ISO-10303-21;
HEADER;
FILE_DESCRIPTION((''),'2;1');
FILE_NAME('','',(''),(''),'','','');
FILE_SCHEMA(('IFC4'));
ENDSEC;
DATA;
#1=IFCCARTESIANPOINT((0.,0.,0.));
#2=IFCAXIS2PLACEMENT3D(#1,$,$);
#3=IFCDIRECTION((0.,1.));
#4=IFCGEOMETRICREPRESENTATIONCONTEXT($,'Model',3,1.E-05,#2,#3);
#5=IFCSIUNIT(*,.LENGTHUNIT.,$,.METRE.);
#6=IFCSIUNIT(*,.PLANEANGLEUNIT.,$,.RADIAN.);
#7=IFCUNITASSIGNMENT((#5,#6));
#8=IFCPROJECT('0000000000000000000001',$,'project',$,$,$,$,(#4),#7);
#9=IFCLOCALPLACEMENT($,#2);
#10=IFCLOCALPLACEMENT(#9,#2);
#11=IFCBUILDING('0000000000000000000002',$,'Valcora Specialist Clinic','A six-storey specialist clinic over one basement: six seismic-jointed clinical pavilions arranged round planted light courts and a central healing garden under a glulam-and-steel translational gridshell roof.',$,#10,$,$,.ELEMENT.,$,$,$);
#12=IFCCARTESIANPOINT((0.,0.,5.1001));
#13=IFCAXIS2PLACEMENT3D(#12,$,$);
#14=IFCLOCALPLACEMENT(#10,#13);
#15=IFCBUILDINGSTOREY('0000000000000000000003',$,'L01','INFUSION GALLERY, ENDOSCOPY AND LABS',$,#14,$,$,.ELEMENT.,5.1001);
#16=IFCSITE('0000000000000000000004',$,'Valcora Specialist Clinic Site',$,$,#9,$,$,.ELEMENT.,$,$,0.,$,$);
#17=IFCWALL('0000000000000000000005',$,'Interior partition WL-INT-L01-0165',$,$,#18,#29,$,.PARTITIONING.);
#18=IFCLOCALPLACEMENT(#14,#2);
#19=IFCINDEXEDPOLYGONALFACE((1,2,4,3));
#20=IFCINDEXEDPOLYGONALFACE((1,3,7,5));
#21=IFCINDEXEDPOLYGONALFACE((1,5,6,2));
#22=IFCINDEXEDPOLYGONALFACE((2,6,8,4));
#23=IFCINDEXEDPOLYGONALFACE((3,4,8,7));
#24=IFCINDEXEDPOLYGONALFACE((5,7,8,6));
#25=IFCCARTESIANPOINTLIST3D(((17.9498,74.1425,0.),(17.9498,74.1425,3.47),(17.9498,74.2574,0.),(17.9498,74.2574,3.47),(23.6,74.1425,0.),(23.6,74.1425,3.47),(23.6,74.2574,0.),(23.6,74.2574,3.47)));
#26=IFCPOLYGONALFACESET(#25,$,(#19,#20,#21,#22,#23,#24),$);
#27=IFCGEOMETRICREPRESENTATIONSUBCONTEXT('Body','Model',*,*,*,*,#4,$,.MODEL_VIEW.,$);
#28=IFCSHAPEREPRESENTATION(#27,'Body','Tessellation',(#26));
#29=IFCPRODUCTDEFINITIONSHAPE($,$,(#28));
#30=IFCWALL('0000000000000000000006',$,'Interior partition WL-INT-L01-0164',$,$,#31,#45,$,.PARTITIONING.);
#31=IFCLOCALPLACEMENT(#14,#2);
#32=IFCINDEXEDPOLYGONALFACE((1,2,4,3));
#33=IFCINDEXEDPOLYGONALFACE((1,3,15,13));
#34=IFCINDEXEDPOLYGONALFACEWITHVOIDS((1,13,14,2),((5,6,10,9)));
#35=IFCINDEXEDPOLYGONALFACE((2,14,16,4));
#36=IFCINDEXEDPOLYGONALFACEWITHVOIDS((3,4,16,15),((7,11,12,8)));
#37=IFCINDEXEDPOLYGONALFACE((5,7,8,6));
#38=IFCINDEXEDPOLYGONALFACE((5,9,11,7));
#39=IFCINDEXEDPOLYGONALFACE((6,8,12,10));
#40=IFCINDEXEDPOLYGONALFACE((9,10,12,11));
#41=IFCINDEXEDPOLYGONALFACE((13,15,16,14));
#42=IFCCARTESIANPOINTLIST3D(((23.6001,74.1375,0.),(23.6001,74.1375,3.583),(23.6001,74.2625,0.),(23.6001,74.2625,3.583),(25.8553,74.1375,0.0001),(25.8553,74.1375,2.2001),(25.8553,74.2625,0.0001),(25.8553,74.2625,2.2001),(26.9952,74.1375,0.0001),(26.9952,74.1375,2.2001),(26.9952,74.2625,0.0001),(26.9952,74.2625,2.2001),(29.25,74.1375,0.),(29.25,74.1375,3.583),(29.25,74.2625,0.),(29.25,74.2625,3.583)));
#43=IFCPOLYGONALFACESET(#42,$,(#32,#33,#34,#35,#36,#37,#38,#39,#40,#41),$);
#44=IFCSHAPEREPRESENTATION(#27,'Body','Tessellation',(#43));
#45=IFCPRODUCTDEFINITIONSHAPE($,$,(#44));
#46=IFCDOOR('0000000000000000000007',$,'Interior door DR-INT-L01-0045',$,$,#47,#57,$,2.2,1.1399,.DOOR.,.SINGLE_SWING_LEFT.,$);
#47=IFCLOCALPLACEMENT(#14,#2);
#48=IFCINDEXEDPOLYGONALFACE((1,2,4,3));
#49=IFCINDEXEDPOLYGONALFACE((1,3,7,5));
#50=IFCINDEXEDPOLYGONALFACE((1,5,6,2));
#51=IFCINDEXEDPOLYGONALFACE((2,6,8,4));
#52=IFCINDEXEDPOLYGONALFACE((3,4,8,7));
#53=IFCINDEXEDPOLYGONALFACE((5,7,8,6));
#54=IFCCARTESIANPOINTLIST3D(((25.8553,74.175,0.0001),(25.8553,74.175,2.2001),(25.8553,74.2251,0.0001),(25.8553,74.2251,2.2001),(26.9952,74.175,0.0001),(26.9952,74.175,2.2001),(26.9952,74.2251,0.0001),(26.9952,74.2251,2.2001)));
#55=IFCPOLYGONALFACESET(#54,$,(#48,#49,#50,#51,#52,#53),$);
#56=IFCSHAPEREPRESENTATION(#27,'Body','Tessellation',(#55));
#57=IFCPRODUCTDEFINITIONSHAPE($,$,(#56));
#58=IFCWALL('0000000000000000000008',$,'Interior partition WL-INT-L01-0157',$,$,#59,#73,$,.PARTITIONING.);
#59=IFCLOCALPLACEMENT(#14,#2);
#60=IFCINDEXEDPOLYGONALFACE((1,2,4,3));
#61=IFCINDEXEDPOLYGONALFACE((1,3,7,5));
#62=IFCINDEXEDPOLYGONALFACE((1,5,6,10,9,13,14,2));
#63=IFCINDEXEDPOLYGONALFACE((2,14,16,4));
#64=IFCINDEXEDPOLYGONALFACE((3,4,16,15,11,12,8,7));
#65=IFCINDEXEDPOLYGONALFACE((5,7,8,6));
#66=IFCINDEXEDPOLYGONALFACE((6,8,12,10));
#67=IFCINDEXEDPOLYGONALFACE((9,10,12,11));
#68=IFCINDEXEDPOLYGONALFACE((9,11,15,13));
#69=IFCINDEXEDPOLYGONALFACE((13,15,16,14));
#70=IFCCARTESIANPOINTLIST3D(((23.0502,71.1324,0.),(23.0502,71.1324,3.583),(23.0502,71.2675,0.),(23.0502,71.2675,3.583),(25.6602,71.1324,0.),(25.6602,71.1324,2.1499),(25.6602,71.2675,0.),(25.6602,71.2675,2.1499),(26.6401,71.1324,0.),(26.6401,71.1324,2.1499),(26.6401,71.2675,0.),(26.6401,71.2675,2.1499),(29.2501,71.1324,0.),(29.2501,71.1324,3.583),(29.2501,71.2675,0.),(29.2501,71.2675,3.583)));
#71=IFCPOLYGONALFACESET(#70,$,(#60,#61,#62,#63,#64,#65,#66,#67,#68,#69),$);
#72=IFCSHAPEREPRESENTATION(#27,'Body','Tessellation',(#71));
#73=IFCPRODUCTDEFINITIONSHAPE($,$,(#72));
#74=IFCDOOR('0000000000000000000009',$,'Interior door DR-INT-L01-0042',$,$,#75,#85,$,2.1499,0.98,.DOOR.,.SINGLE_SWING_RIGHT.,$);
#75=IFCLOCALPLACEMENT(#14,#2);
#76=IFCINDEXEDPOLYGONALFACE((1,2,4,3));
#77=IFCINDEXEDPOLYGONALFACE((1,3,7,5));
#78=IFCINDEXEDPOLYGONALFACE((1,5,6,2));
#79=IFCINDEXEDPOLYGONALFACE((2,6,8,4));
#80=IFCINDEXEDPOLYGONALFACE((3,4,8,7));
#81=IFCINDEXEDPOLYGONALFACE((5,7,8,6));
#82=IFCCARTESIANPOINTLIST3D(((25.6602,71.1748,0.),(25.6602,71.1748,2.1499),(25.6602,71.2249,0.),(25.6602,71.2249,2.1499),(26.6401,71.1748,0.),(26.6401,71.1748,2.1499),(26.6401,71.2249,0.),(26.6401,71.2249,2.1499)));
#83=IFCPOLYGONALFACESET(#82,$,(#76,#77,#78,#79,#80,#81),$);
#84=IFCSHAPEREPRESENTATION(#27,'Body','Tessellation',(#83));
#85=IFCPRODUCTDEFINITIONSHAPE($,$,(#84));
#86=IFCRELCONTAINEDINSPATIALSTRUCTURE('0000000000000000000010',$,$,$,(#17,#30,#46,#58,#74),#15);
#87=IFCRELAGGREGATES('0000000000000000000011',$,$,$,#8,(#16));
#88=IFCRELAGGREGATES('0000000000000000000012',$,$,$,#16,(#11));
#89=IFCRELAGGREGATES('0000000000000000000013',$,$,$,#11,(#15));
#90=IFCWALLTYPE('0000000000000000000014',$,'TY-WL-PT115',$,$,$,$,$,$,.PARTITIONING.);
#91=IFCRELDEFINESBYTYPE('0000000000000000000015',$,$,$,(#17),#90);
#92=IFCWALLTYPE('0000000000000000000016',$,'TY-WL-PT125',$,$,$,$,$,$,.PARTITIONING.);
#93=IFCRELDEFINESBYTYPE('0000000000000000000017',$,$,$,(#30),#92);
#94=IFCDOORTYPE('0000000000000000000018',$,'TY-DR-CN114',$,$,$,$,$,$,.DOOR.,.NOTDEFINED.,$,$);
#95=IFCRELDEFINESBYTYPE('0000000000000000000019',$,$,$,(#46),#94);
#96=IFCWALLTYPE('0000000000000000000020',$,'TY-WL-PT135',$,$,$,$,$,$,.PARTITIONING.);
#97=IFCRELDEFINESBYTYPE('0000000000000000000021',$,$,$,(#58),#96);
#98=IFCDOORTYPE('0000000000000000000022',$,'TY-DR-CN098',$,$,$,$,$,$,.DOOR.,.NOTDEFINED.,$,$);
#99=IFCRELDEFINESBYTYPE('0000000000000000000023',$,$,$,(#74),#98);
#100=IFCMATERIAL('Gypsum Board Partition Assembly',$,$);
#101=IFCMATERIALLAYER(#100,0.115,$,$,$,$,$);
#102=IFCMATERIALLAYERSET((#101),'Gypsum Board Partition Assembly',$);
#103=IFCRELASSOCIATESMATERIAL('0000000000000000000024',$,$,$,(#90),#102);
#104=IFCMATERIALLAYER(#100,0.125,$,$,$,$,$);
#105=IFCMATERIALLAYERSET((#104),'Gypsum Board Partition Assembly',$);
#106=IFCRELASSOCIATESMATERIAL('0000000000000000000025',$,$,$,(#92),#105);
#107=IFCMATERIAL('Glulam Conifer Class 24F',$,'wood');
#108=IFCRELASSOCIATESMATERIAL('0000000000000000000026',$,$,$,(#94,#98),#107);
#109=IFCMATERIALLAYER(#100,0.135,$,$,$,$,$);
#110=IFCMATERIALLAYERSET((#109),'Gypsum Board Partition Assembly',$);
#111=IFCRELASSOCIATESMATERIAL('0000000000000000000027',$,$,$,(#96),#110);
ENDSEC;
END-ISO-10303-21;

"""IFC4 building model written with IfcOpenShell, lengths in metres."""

from ifc_helpers import new_model, si_unit, direction, frame, frame_2d, origin, place, context, subcontext, project, spatial, rectangle, extrude, material, layer, layer_set, type_object, element, fill, save


model = new_model("IFC4")

# Units and contexts
model_context = context("Model", 3, precision=1e-05, world=origin(), true_north=direction((0.0, 1.0)))
body_context = subcontext(model_context, "Body", "Model", "MODEL_VIEW")
ifc_project = project(units=[si_unit("LENGTHUNIT", "METRE"), si_unit("PLANEANGLEUNIT", "RADIAN")], contexts=[model_context])

# Site, building, storey
site_placement = place(None, origin())
site = spatial("IfcSite", under=ifc_project, at=site_placement, Name="Valcora Specialist Clinic Site", CompositionType="ELEMENT", RefElevation=0.0)
building_placement = place(site_placement, origin())
building = spatial("IfcBuilding", under=site, at=building_placement, Name="Valcora Specialist Clinic", Description="A six-storey specialist clinic over one basement: six seismic-jointed clinical pavilions arranged round planted light courts and a central healing garden under a glulam-and-steel translational gridshell roof.", CompositionType="ELEMENT")
storey_placement = place(building_placement, frame((0.0, 0.0, 5.1001)))
storey = spatial("IfcBuildingStorey", under=building, at=storey_placement, Name="L01", Description="INFUSION GALLERY, ENDOSCOPY AND LABS", CompositionType="ELEMENT", Elevation=5.1001)

# Wall
ifc_material_1 = material(Name="Gypsum Board Partition Assembly")
ifc_layer_1 = layer(ifc_material_1, 0.115)
ifc_layer_set_1 = layer_set([ifc_layer_1], Name="Gypsum Board Partition Assembly")
wall_type_1 = type_object("IfcWallType", Name="TY-WL-PT115", PredefinedType="PARTITIONING", material=ifc_layer_set_1)
wall_1_placement = place(storey_placement, frame((23.6001, 74.2, 0.0), z_axis=(0.0, 0.0, 1.0), x_axis=(-1.0, 0.0, 0.0)))
element("IfcWall", 1, at=wall_1_placement, inside=storey, type_object=wall_type_1, Name="Interior partition WL-INT-L01-0165", PredefinedType="PARTITIONING", context=body_context, shape_type="SweptSolid", body=[
    extrude(rectangle(XDim=5.6501, YDim=0.115, at=frame_2d((2.8252, 0.0))), origin(), (0.0, 0.0, 1.0), 3.47),
])

# Walls, openings, doors
ifc_layer_2 = layer(ifc_material_1, 0.125)
ifc_layer_set_2 = layer_set([ifc_layer_2], Name="Gypsum Board Partition Assembly")
wall_type_2 = type_object("IfcWallType", Name="TY-WL-PT125", PredefinedType="PARTITIONING", material=ifc_layer_set_2)
wall_2_placement = place(storey_placement, frame((29.25, 74.2, 0.0), z_axis=(0.0, 0.0, 1.0), x_axis=(-1.0, 0.0, 0.0)))
wall_2 = element("IfcWall", 2, at=wall_2_placement, inside=storey, type_object=wall_type_2, Name="Interior partition WL-INT-L01-0164", PredefinedType="PARTITIONING", context=body_context, shape_type="SweptSolid", body=[
    extrude(rectangle(XDim=5.6499, YDim=0.125, at=frame_2d((2.825, 0.0))), origin(), (0.0, 0.0, 1.0), 3.583),
])
opening_1_placement = place(wall_2_placement, frame((2.2549, 0.0, 0.0)))
opening_1 = element("IfcOpeningElement", 3, at=opening_1_placement, cuts=wall_2, PredefinedType="OPENING", context=body_context, shape_type="SweptSolid", body=[
    extrude(rectangle(XDim=1.1399, YDim=2.2, at=frame_2d((0.5698, 1.1001))), frame((0.0, 0.0725, 0.0), z_axis=(0.0, -1.0, 0.0), x_axis=(1.0, 0.0, 0.0)), (0.0, 0.0, 1.0), 0.145),
])
ifc_material_2 = material(Name="Glulam Conifer Class 24F", Category="wood")
door_type_1 = type_object("IfcDoorType", Name="TY-DR-CN114", OperationType="NOTDEFINED", PredefinedType="DOOR", material=ifc_material_2)
door_1_placement = place(opening_1_placement, origin())
door_1 = element("IfcDoor", 4, at=door_1_placement, inside=storey, type_object=door_type_1, Name="Interior door DR-INT-L01-0045", OperationType="SINGLE_SWING_LEFT", OverallHeight=2.2, OverallWidth=1.1399, PredefinedType="DOOR", context=body_context, shape_type="SweptSolid", body=[
    extrude(rectangle(XDim=1.1399, YDim=2.2, at=frame_2d((0.5698, 1.1001))), frame((0.0, 0.0249, 0.0), z_axis=(0.0, -1.0, 0.0), x_axis=(1.0, 0.0, 0.0)), (0.0, 0.0, 1.0), 0.05),
])
fill(opening_1, door_1)
ifc_layer_3 = layer(ifc_material_1, 0.135)
ifc_layer_set_3 = layer_set([ifc_layer_3], Name="Gypsum Board Partition Assembly")
wall_type_3 = type_object("IfcWallType", Name="TY-WL-PT135", PredefinedType="PARTITIONING", material=ifc_layer_set_3)
wall_3_placement = place(storey_placement, frame((23.05, 71.2, 0.0), z_axis=(0.0, 0.0, 1.0), x_axis=(1.0, 0.0, 0.0)))
wall_3 = element("IfcWall", 5, at=wall_3_placement, inside=storey, type_object=wall_type_3, Name="Interior partition WL-INT-L01-0157", PredefinedType="PARTITIONING", context=body_context, shape_type="SweptSolid", body=[
    extrude(rectangle(XDim=6.2, YDim=0.135, at=frame_2d((3.1001, 0.0))), origin(), (0.0, 0.0, 1.0), 3.583),
])
opening_2_placement = place(wall_3_placement, frame((2.6101, 0.0, 0.0)))
opening_2 = element("IfcOpeningElement", 6, at=opening_2_placement, cuts=wall_3, PredefinedType="OPENING", context=body_context, shape_type="SweptSolid", body=[
    extrude(rectangle(XDim=0.98, YDim=2.1499, at=frame_2d((0.49, 1.075))), frame((0.0, 0.0774, 0.0), z_axis=(0.0, -1.0, 0.0), x_axis=(1.0, 0.0, 0.0)), (0.0, 0.0, 1.0), 0.155),
])
door_type_2 = type_object("IfcDoorType", Name="TY-DR-CN098", OperationType="NOTDEFINED", PredefinedType="DOOR", material=ifc_material_2)
door_2_placement = place(opening_2_placement, origin())
door_2 = element("IfcDoor", 7, at=door_2_placement, inside=storey, type_object=door_type_2, Name="Interior door DR-INT-L01-0042", OperationType="SINGLE_SWING_RIGHT", OverallHeight=2.1499, OverallWidth=0.98, PredefinedType="DOOR", context=body_context, shape_type="SweptSolid", body=[
    extrude(rectangle(XDim=0.98, YDim=2.1499, at=frame_2d((0.49, 1.075))), frame((0.0, 0.0249, 0.0), z_axis=(0.0, -1.0, 0.0), x_axis=(1.0, 0.0, 0.0)), (0.0, 0.0, 1.0), 0.05),
])
fill(opening_2, door_2)

save(model, "model.ifc")
